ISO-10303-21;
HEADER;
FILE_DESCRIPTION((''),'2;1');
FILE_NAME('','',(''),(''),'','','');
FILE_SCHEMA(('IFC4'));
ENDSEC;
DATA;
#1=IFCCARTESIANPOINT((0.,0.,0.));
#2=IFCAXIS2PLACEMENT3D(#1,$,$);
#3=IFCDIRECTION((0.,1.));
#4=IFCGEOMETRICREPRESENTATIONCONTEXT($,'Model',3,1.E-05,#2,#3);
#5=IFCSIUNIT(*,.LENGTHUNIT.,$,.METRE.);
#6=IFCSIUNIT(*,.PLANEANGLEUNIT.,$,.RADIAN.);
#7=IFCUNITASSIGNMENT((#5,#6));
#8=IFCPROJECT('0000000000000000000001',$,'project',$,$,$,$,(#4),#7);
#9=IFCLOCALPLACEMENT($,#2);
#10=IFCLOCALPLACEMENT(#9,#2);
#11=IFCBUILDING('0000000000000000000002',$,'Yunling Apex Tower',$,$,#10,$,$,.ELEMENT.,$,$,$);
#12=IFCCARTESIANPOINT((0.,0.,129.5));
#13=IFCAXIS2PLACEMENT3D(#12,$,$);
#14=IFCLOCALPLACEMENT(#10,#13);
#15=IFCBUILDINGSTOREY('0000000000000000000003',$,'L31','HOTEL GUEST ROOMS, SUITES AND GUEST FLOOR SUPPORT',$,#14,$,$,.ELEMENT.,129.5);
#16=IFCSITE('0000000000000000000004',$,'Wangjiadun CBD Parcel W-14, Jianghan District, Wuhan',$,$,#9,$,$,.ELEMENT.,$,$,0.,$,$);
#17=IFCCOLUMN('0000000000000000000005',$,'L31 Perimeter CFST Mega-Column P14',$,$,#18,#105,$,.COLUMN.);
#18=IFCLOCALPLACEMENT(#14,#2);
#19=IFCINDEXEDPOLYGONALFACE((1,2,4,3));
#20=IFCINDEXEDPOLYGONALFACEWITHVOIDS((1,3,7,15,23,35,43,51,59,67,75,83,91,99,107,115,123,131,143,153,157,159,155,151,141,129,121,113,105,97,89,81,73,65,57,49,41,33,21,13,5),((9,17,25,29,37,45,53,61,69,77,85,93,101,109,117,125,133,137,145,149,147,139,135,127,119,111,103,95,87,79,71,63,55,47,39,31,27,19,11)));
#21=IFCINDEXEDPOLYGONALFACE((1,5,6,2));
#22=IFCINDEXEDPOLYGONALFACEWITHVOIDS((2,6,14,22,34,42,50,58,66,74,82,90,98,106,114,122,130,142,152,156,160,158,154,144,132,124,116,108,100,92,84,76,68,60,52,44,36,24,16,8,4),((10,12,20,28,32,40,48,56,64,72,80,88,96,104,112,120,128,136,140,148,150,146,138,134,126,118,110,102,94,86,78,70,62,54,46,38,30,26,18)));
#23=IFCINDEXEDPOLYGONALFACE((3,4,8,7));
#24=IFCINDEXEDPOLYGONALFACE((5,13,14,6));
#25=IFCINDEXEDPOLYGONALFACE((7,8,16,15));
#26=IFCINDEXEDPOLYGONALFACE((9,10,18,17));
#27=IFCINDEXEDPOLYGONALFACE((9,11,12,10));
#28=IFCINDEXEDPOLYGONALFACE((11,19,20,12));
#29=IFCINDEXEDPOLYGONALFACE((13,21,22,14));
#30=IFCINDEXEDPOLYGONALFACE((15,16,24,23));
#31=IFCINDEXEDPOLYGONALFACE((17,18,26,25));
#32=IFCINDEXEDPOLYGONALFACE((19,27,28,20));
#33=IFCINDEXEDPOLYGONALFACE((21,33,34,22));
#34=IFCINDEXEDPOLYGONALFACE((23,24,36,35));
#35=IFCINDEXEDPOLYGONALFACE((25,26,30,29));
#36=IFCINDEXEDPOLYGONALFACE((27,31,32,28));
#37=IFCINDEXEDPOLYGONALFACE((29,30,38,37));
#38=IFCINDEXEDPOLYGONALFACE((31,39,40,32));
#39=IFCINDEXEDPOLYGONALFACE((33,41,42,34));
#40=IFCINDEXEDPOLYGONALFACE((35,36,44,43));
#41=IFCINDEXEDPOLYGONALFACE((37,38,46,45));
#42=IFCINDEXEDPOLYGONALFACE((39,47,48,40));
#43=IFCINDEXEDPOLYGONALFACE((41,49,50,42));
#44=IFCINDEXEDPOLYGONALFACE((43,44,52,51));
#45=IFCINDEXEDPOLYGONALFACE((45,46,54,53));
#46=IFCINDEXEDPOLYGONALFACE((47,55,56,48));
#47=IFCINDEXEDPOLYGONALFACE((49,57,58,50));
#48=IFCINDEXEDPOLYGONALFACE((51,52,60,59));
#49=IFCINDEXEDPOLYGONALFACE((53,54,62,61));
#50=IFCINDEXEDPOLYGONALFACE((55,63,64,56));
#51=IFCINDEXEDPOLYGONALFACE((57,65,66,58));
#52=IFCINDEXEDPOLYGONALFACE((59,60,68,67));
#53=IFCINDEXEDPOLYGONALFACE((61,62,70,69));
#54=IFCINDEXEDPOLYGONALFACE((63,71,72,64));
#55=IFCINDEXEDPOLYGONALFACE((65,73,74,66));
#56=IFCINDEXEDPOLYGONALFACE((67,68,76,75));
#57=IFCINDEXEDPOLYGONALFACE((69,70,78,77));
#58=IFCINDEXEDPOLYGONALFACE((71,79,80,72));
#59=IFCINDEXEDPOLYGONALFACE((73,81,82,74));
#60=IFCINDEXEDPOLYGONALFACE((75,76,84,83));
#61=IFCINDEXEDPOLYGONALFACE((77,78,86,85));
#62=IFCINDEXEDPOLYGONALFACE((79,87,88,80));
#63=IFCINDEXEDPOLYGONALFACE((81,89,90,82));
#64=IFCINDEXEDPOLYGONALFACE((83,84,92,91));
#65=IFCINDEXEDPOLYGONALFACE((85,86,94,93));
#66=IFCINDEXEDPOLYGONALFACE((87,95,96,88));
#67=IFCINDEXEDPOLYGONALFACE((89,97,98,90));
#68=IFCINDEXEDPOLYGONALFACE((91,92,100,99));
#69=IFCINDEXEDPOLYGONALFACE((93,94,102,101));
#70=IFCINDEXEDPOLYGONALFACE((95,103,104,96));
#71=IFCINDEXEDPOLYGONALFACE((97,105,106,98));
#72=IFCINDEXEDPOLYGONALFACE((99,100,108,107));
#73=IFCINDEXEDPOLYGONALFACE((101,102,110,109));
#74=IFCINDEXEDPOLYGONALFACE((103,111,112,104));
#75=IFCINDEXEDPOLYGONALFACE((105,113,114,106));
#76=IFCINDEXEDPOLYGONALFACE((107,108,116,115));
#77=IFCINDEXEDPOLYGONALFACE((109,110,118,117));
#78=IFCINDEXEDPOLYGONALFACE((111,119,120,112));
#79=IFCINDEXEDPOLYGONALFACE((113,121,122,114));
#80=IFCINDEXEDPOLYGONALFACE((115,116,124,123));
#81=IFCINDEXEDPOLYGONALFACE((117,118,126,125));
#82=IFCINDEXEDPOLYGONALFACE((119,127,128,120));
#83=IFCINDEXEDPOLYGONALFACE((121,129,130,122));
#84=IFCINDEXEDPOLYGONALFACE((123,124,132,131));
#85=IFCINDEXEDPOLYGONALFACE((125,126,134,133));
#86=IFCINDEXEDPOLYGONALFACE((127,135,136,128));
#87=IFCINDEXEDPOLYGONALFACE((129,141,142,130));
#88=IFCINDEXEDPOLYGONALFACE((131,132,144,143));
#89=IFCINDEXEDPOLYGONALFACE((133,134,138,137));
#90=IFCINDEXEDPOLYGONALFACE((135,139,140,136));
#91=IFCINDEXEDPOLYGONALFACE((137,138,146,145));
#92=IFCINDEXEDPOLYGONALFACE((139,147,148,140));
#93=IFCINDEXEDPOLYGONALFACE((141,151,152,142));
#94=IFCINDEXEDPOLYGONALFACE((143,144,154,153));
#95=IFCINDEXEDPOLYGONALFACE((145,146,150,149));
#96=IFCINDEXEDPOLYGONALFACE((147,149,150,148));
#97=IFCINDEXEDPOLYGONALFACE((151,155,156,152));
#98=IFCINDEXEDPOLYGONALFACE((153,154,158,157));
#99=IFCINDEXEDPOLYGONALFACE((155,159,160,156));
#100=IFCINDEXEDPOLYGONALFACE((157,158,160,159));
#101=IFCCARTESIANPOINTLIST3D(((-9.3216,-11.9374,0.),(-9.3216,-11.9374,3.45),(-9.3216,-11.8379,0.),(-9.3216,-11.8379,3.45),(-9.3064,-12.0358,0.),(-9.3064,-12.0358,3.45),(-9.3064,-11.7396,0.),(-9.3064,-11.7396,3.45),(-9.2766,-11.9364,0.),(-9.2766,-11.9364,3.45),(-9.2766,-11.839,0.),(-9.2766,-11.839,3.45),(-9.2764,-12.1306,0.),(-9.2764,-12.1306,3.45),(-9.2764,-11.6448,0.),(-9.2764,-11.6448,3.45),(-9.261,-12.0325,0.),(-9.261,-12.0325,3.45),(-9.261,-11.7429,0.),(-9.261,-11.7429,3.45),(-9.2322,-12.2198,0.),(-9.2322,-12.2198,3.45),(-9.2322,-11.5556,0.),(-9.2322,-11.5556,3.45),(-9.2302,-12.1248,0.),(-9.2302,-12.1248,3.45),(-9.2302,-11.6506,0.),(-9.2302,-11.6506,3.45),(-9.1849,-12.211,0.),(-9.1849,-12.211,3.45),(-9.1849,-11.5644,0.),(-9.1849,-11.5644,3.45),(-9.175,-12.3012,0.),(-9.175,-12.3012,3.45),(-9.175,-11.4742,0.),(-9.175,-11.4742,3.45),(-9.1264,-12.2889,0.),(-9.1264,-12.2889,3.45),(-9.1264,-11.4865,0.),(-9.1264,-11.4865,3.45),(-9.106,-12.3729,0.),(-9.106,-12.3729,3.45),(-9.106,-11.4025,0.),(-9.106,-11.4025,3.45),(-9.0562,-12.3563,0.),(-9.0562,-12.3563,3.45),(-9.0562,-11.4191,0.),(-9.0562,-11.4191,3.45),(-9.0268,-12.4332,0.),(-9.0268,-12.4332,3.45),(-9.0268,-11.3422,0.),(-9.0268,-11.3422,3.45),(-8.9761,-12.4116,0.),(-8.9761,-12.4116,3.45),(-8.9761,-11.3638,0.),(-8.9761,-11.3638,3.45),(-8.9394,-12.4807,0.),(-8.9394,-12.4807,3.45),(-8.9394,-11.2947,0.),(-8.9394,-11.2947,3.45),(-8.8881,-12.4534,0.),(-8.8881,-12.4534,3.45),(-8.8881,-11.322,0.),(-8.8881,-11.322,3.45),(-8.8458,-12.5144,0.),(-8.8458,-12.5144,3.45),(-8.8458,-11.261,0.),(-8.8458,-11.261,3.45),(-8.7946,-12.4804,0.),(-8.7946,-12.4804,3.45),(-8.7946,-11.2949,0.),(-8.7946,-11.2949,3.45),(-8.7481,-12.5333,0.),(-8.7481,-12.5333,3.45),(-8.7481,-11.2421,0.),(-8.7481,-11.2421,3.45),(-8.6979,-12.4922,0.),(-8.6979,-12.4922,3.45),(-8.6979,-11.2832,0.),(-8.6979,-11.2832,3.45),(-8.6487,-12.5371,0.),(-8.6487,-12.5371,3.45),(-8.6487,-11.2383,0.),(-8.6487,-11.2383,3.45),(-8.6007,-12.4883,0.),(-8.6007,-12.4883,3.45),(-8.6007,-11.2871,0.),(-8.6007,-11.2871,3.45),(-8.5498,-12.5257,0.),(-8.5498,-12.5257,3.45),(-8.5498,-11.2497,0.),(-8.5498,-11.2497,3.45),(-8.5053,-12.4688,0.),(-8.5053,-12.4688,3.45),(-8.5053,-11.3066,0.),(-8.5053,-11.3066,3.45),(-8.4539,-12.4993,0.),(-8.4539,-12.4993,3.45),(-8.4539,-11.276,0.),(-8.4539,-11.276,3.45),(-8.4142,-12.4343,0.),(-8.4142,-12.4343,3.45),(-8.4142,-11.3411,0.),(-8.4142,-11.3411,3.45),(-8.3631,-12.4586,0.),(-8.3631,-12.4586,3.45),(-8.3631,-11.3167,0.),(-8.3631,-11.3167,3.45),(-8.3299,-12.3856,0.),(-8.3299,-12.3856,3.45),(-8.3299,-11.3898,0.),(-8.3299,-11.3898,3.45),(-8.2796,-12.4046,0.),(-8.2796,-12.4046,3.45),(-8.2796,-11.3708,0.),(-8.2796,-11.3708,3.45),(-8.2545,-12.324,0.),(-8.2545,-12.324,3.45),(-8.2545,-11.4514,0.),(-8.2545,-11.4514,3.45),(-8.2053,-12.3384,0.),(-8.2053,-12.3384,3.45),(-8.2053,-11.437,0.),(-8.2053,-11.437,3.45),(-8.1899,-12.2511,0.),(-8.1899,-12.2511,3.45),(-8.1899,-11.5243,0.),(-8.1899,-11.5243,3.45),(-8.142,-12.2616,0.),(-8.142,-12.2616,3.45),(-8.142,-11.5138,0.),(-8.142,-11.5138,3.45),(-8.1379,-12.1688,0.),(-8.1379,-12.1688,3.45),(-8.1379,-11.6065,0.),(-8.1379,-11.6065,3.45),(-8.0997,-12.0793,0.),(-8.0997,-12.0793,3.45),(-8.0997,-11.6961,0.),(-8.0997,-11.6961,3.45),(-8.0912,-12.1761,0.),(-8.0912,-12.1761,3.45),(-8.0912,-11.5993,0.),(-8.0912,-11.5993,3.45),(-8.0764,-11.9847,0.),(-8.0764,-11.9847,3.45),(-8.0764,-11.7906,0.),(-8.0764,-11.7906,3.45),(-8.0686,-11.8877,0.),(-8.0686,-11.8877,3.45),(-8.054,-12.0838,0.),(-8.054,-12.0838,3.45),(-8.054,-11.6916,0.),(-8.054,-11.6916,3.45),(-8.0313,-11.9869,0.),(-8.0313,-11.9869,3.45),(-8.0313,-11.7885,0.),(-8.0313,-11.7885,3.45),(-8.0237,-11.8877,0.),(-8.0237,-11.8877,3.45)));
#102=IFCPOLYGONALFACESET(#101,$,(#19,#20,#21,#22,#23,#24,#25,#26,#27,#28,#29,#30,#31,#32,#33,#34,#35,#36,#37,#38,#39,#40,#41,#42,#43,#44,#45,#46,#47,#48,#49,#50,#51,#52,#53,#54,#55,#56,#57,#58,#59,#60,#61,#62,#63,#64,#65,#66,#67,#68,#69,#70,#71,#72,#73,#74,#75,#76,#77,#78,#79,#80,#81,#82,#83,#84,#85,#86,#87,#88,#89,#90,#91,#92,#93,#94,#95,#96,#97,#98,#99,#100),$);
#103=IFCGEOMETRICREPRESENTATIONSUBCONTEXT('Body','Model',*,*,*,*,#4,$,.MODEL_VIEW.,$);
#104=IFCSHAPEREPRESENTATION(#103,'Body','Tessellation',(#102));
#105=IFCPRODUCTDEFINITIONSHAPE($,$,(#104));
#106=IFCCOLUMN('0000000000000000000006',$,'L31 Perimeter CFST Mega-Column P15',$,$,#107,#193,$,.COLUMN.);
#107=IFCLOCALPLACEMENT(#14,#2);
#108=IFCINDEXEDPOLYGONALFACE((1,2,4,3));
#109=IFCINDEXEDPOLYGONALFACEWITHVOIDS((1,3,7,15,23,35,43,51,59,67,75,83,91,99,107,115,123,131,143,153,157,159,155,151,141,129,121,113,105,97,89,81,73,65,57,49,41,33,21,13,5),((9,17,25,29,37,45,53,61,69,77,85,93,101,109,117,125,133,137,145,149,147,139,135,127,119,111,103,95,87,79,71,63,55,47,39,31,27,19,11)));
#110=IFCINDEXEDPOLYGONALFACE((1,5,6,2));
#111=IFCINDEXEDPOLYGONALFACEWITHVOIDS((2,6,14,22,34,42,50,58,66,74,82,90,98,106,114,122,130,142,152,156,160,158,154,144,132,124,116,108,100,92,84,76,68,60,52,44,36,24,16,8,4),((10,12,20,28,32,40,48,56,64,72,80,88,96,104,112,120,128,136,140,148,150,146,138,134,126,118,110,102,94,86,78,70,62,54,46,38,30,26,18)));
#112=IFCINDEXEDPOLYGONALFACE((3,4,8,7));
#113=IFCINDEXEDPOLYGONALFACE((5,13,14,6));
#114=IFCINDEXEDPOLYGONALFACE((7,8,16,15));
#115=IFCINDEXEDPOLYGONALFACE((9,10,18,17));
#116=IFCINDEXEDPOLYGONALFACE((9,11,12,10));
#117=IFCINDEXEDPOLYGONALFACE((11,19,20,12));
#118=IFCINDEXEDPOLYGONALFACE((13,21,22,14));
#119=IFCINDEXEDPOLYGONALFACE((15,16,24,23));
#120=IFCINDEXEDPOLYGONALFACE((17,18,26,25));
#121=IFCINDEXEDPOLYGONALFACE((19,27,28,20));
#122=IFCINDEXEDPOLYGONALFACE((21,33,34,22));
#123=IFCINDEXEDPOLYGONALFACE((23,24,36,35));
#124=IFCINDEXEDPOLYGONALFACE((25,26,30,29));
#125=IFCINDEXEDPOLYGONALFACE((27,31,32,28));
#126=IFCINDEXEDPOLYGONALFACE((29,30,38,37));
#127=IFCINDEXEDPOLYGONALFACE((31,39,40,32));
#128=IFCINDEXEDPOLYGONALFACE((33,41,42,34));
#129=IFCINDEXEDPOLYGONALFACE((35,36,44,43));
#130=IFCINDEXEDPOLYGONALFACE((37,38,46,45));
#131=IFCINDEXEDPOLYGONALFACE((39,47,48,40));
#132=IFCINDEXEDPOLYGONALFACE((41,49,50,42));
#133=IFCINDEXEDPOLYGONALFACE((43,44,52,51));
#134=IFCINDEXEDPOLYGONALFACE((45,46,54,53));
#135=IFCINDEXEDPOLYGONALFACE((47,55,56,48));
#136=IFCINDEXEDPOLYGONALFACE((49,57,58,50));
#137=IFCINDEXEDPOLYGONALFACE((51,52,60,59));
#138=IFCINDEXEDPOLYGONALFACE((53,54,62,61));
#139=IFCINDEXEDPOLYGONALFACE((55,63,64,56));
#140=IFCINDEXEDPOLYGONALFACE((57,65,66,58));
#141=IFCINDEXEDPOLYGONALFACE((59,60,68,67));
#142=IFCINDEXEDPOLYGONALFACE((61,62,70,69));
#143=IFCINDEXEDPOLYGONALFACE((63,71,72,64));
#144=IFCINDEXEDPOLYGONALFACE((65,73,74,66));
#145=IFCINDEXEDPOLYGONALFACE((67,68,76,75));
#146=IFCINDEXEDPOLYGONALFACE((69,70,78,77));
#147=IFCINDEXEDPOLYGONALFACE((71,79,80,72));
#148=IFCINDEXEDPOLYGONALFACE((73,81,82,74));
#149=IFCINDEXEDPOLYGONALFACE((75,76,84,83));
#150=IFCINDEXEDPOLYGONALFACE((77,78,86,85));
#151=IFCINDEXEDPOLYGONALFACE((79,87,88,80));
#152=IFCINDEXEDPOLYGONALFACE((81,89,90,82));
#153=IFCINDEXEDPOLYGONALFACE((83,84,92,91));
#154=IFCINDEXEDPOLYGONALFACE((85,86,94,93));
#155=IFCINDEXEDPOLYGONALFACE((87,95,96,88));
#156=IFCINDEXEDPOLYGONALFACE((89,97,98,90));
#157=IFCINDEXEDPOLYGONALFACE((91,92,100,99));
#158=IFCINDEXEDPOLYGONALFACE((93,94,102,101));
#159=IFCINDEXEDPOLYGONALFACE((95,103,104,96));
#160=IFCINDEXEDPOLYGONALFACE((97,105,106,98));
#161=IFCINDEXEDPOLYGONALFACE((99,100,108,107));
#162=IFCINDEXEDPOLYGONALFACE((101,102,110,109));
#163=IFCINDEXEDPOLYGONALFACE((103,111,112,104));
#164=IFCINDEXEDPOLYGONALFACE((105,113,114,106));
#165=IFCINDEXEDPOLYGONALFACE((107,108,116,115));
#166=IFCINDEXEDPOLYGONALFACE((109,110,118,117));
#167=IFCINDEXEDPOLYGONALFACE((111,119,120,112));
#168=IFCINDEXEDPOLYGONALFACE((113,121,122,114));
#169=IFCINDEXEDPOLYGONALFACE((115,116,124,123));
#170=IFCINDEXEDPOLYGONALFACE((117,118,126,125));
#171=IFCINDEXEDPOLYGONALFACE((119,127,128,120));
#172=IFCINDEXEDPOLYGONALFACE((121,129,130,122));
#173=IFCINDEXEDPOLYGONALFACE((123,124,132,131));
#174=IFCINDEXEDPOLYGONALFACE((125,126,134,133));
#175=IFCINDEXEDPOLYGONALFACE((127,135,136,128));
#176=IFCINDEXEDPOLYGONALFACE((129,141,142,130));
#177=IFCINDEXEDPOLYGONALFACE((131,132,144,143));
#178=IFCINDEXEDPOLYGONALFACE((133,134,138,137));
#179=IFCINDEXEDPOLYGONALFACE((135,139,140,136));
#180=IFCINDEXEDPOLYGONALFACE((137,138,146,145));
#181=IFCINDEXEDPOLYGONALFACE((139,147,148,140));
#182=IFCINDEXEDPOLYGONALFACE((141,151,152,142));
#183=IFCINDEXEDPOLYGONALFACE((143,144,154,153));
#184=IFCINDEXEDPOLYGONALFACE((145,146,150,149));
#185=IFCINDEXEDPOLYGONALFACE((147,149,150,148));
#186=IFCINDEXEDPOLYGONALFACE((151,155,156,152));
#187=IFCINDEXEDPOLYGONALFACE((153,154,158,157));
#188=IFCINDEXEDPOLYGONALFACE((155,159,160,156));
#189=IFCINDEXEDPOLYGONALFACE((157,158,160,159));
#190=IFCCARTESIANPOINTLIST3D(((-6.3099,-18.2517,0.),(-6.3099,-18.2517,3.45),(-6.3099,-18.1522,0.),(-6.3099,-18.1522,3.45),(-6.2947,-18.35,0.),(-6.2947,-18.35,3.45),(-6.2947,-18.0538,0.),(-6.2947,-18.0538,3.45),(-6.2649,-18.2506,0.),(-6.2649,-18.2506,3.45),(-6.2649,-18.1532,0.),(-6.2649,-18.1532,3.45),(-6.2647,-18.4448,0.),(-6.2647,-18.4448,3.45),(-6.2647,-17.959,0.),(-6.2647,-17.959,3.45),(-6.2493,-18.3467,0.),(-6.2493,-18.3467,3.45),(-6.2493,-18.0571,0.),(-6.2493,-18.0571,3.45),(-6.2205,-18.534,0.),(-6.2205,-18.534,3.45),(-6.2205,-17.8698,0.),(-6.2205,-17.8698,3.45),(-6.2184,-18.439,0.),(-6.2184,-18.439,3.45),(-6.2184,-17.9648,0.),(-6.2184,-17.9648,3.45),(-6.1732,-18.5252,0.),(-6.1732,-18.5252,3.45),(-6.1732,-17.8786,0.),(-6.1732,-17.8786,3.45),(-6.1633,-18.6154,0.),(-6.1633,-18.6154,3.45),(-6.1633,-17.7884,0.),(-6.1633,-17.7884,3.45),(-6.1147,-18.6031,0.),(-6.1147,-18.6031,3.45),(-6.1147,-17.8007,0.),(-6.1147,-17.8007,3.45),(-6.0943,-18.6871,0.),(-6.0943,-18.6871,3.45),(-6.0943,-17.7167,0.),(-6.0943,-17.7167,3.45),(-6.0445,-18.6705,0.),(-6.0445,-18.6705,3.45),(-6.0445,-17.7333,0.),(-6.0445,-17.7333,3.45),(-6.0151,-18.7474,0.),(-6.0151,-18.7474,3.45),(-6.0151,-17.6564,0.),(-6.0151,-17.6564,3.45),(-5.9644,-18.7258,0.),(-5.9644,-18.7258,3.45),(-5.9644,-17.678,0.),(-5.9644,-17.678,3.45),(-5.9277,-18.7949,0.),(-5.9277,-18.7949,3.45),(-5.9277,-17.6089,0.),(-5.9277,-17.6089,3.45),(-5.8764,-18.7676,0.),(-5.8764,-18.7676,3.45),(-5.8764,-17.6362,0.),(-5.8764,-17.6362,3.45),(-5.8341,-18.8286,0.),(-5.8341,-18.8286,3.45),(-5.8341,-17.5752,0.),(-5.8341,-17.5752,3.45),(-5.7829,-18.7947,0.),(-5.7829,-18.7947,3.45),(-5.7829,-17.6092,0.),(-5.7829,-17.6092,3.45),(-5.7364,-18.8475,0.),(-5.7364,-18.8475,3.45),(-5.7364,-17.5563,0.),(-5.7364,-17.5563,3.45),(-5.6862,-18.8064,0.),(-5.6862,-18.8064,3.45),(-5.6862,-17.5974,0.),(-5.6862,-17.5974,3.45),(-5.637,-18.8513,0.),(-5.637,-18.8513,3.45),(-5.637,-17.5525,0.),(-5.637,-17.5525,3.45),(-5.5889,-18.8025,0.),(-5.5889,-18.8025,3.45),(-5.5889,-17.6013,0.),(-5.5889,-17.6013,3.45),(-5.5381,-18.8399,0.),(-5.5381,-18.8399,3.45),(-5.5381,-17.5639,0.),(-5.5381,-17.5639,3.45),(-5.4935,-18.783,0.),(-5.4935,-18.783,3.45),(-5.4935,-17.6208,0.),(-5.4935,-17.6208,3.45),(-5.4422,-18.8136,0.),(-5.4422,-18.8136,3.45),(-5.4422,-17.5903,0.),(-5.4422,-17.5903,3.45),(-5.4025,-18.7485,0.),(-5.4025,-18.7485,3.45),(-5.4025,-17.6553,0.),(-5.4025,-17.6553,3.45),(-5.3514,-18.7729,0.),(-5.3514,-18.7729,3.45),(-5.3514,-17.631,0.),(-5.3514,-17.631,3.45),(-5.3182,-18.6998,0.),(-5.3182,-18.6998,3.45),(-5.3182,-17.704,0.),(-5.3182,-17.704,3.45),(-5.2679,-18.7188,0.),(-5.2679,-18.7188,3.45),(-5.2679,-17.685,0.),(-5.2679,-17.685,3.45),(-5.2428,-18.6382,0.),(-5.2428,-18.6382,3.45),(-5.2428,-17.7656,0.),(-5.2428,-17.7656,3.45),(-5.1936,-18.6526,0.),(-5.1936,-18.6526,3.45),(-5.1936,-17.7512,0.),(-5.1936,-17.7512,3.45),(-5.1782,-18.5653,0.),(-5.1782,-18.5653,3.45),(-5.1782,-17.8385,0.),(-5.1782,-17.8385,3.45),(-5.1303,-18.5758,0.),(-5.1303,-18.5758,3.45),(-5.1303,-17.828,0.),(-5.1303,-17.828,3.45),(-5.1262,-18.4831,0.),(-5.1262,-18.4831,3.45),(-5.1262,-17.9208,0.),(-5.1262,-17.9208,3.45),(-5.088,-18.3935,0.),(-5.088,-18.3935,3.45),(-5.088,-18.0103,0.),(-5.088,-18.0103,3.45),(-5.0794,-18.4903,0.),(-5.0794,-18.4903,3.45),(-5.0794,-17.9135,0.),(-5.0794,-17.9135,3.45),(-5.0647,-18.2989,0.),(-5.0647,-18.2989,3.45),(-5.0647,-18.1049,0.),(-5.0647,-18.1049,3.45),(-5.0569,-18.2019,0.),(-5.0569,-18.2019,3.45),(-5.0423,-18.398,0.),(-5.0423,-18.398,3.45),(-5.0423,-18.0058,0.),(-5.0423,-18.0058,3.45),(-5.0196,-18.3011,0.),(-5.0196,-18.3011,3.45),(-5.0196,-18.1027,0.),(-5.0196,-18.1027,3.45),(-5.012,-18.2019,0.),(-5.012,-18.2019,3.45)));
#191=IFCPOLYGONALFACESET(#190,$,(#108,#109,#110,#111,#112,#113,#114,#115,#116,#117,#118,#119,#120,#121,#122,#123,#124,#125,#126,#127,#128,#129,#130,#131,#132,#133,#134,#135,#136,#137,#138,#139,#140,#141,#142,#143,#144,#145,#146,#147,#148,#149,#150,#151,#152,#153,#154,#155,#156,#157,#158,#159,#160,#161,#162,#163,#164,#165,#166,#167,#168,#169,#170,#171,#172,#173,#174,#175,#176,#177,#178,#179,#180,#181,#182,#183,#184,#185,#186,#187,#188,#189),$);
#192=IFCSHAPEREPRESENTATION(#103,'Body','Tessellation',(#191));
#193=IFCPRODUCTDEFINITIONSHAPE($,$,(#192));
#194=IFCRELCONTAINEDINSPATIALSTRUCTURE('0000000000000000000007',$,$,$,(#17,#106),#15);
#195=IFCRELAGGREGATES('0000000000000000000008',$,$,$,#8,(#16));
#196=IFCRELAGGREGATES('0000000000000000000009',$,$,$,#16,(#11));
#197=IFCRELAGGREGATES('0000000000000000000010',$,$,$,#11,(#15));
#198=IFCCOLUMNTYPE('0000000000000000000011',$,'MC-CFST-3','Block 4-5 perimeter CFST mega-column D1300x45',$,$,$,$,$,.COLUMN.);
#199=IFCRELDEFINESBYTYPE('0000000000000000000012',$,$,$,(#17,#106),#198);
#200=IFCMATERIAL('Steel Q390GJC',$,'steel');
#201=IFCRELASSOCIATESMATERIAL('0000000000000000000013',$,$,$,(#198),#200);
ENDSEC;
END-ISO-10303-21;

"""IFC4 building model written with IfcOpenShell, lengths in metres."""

from ifc_helpers import new_model, si_unit, direction, frame, origin, origin_2d, place, context, subcontext, project, spatial, hollow_circle, extrude, source, transform, mapped, material, material_profile, profile_set, type_object, element, save


model = new_model("IFC4")

# Units and contexts
model_context = context("Model", 3, precision=1e-05, world=origin(), true_north=direction((0.0, 1.0)))
body_context = subcontext(model_context, "Body", "Model", "MODEL_VIEW")
ifc_project = project(units=[si_unit("LENGTHUNIT", "METRE"), si_unit("PLANEANGLEUNIT", "RADIAN")], contexts=[model_context])

# Site, building, storey
site_placement = place(None, origin())
site = spatial("IfcSite", under=ifc_project, at=site_placement, Name="Wangjiadun CBD Parcel W-14, Jianghan District, Wuhan", CompositionType="ELEMENT", RefElevation=0.0)
building_placement = place(site_placement, origin())
building = spatial("IfcBuilding", under=site, at=building_placement, Name="Yunling Apex Tower", CompositionType="ELEMENT")
storey_placement = place(building_placement, frame((0.0, 0.0, 129.5)))
storey = spatial("IfcBuildingStorey", under=building, at=storey_placement, Name="L31", Description="HOTEL GUEST ROOMS, SUITES AND GUEST FLOOR SUPPORT", CompositionType="ELEMENT", Elevation=129.5)

# Columns
ifc_material_1 = material(Name="Steel Q390GJC", Category="steel")
ifc_material_profile_1 = material_profile(ifc_material_1, hollow_circle(Radius=0.6499, WallThickness=0.0449, at=origin_2d()))
ifc_profile_set_1 = profile_set([ifc_material_profile_1], Name="Steel Q390GJC")
column_type = type_object("IfcColumnType", Name="MC-CFST-3", Description="Block 4-5 perimeter CFST mega-column D1300x45", PredefinedType="COLUMN", material=ifc_profile_set_1)
shared_shape_1 = source(origin(), body_context, "Body", "SweptSolid", [
    extrude(hollow_circle(Radius=0.6499, WallThickness=0.0449, at=origin_2d()), origin(), (0.0, 0.0, 1.0), 3.45),
])
for number, where, z_axis, x_axis, name in (
    (1, (-8.6736, -11.8877, 0.0), (0.0, 0.0, 1.0), (1.0, 0.0, 0.0), "L31 Perimeter CFST Mega-Column P14"),
    (2, (-5.6619, -18.2019, 0.0), (0.0, 0.0, 1.0), (1.0, 0.0, 0.0), "L31 Perimeter CFST Mega-Column P15"),
):
    element("IfcColumn", number, at=place(storey_placement, frame(where, z_axis=z_axis, x_axis=x_axis)), inside=storey, type_object=column_type, Name=name, PredefinedType="COLUMN", context=body_context, shape_type="MappedRepresentation", body=[
        mapped(shared_shape_1, transform((0.0, 0.0, 0.0), scale=1.0)),
    ])

save(model, "model.ifc")
